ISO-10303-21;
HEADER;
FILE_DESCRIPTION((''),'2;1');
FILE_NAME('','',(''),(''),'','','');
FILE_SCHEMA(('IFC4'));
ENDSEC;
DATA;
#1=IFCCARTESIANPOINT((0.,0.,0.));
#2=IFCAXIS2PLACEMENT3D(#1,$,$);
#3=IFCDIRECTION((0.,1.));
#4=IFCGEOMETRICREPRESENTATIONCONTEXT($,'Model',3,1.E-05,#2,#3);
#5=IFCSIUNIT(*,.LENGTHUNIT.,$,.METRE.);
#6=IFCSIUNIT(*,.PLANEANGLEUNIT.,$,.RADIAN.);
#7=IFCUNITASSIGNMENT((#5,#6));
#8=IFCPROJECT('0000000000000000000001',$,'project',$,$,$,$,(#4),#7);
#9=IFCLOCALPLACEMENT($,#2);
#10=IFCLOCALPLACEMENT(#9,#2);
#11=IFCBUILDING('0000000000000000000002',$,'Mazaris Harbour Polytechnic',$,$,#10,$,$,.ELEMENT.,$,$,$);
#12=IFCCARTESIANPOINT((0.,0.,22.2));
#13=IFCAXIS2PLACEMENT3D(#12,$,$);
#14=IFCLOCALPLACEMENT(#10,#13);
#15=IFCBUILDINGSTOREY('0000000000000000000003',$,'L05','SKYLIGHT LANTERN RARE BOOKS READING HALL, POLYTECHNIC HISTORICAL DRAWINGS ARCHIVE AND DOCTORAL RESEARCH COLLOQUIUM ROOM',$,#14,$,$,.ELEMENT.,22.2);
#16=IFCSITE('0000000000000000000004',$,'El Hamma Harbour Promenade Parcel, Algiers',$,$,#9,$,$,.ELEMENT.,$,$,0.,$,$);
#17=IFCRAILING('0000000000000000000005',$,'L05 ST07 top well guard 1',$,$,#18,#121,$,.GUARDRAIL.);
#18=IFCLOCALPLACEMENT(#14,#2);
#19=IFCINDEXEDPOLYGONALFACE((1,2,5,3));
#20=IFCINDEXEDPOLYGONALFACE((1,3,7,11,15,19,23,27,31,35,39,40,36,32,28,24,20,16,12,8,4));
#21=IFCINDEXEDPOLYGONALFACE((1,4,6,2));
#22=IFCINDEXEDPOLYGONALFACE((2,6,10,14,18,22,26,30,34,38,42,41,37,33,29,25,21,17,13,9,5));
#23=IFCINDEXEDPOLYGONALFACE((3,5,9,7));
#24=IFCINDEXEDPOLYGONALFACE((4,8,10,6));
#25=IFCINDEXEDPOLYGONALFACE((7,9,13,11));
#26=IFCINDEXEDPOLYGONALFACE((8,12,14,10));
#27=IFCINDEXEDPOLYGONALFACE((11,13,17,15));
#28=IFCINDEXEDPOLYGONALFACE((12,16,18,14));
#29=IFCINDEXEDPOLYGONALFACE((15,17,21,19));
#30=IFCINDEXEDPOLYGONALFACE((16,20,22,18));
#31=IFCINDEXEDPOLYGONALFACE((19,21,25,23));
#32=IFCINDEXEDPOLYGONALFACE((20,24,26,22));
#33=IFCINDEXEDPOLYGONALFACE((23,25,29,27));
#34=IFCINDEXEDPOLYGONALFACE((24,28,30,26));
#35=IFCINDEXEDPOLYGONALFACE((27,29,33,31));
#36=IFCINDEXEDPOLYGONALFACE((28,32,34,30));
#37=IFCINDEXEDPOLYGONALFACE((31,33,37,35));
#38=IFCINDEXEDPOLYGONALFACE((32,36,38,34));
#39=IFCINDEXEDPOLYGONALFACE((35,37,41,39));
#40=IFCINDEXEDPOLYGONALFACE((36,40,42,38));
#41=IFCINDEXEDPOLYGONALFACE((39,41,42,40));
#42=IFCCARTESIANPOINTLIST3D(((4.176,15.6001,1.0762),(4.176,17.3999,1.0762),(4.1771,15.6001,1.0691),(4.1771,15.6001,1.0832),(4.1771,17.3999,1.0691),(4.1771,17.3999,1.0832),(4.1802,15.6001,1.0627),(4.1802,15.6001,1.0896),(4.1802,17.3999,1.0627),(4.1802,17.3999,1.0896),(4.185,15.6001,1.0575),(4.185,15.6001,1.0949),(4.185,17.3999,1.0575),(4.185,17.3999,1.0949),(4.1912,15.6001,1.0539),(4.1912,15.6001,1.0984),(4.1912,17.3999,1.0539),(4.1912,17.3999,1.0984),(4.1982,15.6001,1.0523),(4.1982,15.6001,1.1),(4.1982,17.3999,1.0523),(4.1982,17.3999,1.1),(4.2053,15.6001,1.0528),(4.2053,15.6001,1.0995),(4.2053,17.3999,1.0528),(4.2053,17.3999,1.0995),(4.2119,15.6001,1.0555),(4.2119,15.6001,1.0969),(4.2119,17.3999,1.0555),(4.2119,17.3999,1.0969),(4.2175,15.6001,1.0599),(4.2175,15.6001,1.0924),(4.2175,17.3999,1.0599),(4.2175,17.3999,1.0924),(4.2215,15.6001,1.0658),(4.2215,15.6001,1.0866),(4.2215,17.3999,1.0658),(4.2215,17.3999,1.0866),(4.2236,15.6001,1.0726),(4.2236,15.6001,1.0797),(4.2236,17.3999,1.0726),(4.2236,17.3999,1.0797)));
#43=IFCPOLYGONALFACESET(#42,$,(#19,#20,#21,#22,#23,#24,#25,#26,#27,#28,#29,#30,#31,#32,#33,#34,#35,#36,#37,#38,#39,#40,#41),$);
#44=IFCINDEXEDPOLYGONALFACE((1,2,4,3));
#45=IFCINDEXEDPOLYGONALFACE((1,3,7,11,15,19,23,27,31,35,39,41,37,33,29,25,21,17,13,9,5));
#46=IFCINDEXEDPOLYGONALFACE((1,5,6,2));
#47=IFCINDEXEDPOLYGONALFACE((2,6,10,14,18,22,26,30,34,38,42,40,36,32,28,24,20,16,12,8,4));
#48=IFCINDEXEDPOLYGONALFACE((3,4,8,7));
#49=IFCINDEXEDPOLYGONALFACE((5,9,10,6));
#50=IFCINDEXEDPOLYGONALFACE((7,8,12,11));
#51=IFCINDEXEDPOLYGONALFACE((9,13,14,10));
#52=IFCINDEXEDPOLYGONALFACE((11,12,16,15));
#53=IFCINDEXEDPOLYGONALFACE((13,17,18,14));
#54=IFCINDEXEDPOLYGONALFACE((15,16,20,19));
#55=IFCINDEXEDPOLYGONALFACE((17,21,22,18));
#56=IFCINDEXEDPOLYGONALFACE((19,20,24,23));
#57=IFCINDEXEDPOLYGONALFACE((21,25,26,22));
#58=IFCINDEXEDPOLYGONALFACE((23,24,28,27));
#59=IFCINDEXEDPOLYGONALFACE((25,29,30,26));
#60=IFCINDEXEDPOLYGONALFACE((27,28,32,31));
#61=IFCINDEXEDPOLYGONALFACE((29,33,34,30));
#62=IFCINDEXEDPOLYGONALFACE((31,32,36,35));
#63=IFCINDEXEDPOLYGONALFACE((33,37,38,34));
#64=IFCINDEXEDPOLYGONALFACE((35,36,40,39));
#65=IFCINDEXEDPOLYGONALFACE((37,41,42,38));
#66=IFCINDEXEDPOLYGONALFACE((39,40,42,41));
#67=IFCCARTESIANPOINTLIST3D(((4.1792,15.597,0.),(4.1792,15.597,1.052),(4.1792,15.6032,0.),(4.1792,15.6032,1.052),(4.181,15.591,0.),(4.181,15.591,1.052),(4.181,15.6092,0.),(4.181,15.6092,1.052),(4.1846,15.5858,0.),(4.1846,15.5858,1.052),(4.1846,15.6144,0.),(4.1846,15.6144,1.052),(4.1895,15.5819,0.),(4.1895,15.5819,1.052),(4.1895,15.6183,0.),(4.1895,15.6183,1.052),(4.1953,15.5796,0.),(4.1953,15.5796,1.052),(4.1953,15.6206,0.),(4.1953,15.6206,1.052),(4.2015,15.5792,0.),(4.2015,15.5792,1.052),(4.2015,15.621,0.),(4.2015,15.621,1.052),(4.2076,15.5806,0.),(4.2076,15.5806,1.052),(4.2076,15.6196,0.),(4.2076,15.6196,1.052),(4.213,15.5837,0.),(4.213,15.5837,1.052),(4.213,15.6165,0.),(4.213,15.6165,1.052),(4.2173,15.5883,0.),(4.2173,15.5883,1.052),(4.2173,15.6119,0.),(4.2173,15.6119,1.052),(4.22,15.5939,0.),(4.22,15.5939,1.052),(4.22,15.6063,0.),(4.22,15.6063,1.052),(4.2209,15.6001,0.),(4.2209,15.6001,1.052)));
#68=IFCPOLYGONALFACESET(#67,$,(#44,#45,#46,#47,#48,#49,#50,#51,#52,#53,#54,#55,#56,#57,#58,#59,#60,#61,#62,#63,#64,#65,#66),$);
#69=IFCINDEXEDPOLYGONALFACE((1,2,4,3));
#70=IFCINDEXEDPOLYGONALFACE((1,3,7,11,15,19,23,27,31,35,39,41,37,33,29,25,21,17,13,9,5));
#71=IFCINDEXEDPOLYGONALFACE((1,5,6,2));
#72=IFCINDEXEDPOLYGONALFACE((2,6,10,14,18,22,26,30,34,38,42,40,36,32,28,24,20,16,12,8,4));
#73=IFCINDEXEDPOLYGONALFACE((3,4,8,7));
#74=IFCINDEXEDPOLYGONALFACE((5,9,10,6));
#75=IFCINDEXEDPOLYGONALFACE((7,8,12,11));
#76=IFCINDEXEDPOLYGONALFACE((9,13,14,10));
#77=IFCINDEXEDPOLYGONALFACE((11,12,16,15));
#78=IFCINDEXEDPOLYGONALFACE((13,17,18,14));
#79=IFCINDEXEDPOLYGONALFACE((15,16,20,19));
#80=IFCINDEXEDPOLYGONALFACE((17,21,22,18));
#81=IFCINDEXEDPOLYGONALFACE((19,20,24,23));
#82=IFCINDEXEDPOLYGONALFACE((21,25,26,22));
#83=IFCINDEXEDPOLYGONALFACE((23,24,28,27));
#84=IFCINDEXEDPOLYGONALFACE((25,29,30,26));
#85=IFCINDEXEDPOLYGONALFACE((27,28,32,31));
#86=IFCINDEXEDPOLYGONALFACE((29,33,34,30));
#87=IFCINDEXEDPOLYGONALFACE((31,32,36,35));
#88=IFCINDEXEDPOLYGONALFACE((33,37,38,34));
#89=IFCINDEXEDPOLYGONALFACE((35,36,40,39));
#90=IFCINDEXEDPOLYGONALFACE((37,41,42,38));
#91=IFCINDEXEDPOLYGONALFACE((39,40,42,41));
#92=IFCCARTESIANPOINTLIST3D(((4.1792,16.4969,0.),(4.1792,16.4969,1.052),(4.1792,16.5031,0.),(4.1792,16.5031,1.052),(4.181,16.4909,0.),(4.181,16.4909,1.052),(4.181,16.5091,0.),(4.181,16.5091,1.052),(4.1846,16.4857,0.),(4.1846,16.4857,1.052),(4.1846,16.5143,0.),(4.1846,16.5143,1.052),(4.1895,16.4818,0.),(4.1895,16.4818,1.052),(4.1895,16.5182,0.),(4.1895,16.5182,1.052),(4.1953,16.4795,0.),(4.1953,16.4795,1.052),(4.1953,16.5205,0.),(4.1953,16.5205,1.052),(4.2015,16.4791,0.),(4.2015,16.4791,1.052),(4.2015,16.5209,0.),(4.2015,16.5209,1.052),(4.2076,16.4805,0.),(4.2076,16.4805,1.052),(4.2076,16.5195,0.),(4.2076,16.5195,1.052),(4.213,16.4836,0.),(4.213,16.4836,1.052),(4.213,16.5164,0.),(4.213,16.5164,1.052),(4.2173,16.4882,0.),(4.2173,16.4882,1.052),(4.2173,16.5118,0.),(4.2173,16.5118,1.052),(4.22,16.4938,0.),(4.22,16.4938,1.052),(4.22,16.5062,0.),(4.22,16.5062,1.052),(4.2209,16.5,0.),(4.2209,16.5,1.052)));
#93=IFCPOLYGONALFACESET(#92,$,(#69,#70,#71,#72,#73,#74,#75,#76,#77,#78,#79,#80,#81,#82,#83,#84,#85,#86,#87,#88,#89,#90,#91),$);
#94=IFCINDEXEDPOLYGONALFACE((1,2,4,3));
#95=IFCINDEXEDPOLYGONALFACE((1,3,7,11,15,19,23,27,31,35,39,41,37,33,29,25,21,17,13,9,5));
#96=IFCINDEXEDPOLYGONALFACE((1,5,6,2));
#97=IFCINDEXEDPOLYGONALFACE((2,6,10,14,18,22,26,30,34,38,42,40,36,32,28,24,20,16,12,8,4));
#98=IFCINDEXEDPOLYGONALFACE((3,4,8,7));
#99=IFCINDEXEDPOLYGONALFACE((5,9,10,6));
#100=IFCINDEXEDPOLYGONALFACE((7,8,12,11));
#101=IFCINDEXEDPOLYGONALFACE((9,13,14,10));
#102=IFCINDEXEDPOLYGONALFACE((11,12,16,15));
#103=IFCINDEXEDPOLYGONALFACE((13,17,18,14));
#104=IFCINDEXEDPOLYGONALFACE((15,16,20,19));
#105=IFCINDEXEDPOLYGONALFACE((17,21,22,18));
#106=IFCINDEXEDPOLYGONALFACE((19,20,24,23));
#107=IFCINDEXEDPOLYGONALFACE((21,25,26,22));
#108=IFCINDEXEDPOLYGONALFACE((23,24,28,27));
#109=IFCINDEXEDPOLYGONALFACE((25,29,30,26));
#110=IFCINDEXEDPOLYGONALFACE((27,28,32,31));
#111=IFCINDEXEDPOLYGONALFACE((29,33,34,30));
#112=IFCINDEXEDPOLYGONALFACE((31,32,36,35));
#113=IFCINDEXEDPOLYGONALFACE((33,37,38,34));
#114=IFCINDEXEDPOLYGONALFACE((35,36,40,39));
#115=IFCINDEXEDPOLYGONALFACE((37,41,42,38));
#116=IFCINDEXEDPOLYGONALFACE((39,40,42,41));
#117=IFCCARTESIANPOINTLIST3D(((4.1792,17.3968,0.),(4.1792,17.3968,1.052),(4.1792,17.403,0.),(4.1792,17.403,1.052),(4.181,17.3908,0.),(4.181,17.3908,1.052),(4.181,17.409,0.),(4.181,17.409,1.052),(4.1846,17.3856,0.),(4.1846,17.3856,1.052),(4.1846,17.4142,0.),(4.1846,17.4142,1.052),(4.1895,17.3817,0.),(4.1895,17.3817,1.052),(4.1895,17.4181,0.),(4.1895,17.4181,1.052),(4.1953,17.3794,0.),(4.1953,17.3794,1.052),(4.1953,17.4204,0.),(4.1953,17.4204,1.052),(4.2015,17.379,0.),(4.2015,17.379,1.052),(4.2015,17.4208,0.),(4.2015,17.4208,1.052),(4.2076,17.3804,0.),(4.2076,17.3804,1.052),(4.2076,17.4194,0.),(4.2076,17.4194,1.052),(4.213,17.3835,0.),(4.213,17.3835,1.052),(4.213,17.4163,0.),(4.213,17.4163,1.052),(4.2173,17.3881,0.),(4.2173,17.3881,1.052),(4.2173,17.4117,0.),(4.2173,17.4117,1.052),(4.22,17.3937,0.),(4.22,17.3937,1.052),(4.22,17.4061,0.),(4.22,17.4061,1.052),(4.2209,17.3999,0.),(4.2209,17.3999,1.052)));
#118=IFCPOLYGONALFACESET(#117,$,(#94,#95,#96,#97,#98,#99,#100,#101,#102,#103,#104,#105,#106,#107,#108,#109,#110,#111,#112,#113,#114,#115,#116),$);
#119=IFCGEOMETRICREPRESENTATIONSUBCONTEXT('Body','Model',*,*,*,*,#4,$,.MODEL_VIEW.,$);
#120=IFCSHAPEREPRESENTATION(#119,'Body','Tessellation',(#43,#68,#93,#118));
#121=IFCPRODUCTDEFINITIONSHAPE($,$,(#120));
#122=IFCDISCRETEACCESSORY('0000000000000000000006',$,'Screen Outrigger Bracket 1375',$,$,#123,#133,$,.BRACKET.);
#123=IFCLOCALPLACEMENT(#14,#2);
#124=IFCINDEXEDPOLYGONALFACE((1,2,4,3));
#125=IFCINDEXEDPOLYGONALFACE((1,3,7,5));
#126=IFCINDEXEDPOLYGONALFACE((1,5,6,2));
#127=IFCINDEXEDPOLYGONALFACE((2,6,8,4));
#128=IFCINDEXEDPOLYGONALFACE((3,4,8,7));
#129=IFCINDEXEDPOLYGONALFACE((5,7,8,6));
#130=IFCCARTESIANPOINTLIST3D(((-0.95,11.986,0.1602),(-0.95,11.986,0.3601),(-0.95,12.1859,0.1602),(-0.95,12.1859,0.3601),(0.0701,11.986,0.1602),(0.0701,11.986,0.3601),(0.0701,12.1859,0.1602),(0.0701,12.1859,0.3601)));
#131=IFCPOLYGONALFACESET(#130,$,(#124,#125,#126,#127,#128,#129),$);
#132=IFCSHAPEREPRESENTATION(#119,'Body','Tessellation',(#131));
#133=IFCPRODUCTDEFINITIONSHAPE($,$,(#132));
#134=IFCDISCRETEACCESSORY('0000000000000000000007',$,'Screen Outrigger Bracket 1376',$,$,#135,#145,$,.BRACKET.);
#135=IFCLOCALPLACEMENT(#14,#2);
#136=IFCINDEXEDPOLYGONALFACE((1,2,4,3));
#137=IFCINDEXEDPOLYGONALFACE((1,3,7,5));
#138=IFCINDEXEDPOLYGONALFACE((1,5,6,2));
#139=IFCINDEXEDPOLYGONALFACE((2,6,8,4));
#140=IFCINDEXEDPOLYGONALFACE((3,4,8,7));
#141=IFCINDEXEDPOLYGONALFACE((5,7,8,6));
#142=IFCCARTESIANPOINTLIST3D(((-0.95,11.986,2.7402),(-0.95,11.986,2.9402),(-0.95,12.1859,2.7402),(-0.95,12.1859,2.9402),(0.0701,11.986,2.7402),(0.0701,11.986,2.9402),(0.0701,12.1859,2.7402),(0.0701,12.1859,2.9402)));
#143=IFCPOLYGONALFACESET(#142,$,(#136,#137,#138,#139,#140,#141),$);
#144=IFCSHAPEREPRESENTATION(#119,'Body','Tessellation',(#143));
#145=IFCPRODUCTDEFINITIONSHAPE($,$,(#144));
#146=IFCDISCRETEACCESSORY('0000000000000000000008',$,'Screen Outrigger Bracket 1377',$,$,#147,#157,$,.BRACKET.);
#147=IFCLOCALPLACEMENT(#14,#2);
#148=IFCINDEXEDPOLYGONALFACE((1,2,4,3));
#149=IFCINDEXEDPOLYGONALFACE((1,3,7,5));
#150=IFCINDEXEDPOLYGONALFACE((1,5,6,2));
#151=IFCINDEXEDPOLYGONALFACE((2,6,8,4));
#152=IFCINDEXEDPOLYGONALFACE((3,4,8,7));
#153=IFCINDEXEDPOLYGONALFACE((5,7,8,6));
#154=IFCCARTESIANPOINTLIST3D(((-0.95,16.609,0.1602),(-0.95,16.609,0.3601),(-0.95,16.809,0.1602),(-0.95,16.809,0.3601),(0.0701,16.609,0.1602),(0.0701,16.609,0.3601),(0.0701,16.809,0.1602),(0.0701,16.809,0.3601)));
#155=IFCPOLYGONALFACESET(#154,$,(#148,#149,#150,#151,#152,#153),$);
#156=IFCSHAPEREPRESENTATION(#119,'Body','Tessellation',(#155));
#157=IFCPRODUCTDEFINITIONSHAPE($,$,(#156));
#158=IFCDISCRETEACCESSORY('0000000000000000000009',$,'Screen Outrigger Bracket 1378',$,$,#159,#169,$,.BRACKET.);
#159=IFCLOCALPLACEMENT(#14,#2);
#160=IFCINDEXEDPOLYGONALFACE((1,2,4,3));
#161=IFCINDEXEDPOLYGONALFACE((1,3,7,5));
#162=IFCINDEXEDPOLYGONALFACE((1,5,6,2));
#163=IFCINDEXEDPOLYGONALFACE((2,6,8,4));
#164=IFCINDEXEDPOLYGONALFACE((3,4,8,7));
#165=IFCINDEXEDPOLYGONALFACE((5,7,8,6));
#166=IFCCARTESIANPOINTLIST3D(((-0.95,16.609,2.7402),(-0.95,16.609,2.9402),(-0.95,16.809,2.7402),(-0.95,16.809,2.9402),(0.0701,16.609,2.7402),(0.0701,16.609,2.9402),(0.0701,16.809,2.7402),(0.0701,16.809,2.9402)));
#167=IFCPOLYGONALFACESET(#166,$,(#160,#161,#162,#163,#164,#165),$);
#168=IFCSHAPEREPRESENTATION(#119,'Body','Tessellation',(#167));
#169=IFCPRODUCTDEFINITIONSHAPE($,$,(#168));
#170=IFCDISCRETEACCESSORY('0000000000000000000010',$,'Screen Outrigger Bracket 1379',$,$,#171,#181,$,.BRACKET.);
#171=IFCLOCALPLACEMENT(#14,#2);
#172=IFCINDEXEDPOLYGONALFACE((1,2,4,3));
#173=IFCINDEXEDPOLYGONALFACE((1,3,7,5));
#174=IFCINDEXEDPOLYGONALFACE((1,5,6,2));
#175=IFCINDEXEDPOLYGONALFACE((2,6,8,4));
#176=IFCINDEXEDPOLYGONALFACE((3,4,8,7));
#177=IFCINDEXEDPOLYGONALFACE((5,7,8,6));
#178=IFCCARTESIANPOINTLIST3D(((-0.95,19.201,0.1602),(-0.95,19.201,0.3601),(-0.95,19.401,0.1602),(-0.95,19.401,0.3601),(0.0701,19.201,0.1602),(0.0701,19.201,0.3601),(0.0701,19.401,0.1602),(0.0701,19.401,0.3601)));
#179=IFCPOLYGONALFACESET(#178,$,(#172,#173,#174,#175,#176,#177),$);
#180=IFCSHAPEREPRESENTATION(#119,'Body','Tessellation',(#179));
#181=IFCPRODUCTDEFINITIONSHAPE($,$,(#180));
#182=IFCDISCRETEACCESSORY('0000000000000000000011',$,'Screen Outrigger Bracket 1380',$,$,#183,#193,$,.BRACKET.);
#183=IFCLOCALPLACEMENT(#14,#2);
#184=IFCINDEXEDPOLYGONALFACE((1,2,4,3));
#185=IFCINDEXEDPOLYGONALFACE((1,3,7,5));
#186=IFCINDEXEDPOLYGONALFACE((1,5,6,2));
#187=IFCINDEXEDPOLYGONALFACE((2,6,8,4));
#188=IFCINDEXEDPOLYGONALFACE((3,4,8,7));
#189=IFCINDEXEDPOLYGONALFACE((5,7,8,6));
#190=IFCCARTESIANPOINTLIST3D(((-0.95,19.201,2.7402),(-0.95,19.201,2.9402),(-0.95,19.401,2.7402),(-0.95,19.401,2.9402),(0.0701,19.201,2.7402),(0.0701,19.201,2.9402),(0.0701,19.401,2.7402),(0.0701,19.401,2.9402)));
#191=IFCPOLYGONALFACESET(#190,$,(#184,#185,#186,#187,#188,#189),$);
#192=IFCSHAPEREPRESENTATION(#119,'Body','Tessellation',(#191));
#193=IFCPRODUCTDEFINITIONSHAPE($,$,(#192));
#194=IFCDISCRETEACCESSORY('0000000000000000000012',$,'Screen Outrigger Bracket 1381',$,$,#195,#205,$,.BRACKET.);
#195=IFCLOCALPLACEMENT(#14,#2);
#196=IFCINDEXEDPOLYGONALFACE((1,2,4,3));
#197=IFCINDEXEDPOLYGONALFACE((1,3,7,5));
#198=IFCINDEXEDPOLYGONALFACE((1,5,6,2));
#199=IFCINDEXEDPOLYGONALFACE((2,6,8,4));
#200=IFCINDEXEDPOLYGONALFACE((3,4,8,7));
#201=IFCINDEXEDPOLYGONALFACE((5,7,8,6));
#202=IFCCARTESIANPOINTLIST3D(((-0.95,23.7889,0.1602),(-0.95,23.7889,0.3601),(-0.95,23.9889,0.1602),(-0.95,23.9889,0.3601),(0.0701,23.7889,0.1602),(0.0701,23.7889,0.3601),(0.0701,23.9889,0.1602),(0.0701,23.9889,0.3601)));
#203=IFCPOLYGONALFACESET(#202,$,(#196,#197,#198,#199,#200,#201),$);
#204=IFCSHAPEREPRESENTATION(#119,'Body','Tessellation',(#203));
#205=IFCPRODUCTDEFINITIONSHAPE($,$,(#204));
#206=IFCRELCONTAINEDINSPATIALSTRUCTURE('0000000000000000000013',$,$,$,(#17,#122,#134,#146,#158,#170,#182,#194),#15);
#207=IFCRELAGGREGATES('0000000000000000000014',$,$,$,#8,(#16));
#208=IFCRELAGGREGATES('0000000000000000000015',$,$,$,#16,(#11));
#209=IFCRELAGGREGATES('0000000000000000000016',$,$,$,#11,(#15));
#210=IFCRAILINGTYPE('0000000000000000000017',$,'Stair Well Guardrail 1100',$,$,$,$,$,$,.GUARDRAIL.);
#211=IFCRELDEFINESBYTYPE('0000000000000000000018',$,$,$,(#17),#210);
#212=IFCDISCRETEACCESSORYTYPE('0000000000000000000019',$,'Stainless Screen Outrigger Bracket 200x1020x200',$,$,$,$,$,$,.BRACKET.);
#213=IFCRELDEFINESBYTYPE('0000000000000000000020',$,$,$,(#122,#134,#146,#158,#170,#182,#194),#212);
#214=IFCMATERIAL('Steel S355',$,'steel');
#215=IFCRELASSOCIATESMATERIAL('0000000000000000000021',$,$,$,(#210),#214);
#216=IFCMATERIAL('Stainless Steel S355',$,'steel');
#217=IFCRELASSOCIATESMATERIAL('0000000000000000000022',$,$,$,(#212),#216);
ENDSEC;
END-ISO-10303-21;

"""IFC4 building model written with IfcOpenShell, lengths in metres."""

from ifc_helpers import new_model, si_unit, direction, frame, origin, origin_2d, place, context, subcontext, project, spatial, rectangle, circle, extrude, material, type_object, element, save


model = new_model("IFC4")

# Units and contexts
model_context = context("Model", 3, precision=1e-05, world=origin(), true_north=direction((0.0, 1.0)))
body_context = subcontext(model_context, "Body", "Model", "MODEL_VIEW")
ifc_project = project(units=[si_unit("LENGTHUNIT", "METRE"), si_unit("PLANEANGLEUNIT", "RADIAN")], contexts=[model_context])

# Site, building, storey
site_placement = place(None, origin())
site = spatial("IfcSite", under=ifc_project, at=site_placement, Name="El Hamma Harbour Promenade Parcel, Algiers", CompositionType="ELEMENT", RefElevation=0.0)
building_placement = place(site_placement, origin())
building = spatial("IfcBuilding", under=site, at=building_placement, Name="Mazaris Harbour Polytechnic", CompositionType="ELEMENT")
storey_placement = place(building_placement, frame((0.0, 0.0, 22.2)))
storey = spatial("IfcBuildingStorey", under=building, at=storey_placement, Name="L05", Description="SKYLIGHT LANTERN RARE BOOKS READING HALL, POLYTECHNIC HISTORICAL DRAWINGS ARCHIVE AND DOCTORAL RESEARCH COLLOQUIUM ROOM", CompositionType="ELEMENT", Elevation=22.2)

# Railing
ifc_material_1 = material(Name="Steel S355", Category="steel")
railing_type_1 = type_object("IfcRailingType", Name="Stair Well Guardrail 1100", PredefinedType="GUARDRAIL", material=ifc_material_1)
railing_placement = place(storey_placement, frame((4.2, 15.6001, 0.0)))
element("IfcRailing", 1, at=railing_placement, inside=storey, type_object=railing_type_1, Name="L05 ST07 top well guard 1", PredefinedType="GUARDRAIL", context=body_context, shape_type="SweptSolid", body=[
    extrude(circle(Radius=0.0239, at=origin_2d()), frame((0.0, 0.0, 1.0762), z_axis=(0.0, 1.0, 0.0), x_axis=(-1.0, 0.0, 0.0)), (0.0, 0.0, 1.0), 1.7998),
    extrude(circle(Radius=0.021, at=origin_2d()), origin(), (0.0, 0.0, 1.0), 1.052),
    extrude(circle(Radius=0.021, at=origin_2d()), frame((0.0, 0.8999, 0.0)), (0.0, 0.0, 1.0), 1.052),
    extrude(circle(Radius=0.021, at=origin_2d()), frame((0.0, 1.7998, 0.0)), (0.0, 0.0, 1.0), 1.052),
])

# Discrete accessories
ifc_material_2 = material(Name="Stainless Steel S355", Category="steel")
discrete_accessory_type = type_object("IfcDiscreteAccessoryType", Name="Stainless Screen Outrigger Bracket 200x1020x200", PredefinedType="BRACKET", material=ifc_material_2)
for number, where, z_axis, x_axis, name in (
    (2, (-0.4399, 12.0859, 0.1602), (0.0, 0.0, 1.0), (0.0, 1.0, 0.0), "Screen Outrigger Bracket 1375"),
    (3, (-0.4399, 12.0859, 2.7402), (0.0, 0.0, 1.0), (0.0, 1.0, 0.0), "Screen Outrigger Bracket 1376"),
    (4, (-0.4399, 16.709, 0.1602), (0.0, 0.0, 1.0), (0.0, 1.0, 0.0), "Screen Outrigger Bracket 1377"),
    (5, (-0.4399, 16.709, 2.7402), (0.0, 0.0, 1.0), (0.0, 1.0, 0.0), "Screen Outrigger Bracket 1378"),
    (6, (-0.4399, 19.301, 0.1602), (0.0, 0.0, 1.0), (0.0, 1.0, 0.0), "Screen Outrigger Bracket 1379"),
    (7, (-0.4399, 19.301, 2.7402), (0.0, 0.0, 1.0), (0.0, 1.0, 0.0), "Screen Outrigger Bracket 1380"),
    (8, (-0.4399, 23.8889, 0.1602), (0.0, 0.0, 1.0), (0.0, 1.0, 0.0), "Screen Outrigger Bracket 1381"),
):
    element("IfcDiscreteAccessory", number, at=place(storey_placement, frame(where, z_axis=z_axis, x_axis=x_axis)), inside=storey, type_object=discrete_accessory_type, Name=name, PredefinedType="BRACKET", context=body_context, shape_type="SweptSolid", body=[
        extrude(rectangle(XDim=0.2, YDim=1.02, at=origin_2d()), origin(), (0.0, 0.0, 1.0), 0.2),
    ])

save(model, "model.ifc")
